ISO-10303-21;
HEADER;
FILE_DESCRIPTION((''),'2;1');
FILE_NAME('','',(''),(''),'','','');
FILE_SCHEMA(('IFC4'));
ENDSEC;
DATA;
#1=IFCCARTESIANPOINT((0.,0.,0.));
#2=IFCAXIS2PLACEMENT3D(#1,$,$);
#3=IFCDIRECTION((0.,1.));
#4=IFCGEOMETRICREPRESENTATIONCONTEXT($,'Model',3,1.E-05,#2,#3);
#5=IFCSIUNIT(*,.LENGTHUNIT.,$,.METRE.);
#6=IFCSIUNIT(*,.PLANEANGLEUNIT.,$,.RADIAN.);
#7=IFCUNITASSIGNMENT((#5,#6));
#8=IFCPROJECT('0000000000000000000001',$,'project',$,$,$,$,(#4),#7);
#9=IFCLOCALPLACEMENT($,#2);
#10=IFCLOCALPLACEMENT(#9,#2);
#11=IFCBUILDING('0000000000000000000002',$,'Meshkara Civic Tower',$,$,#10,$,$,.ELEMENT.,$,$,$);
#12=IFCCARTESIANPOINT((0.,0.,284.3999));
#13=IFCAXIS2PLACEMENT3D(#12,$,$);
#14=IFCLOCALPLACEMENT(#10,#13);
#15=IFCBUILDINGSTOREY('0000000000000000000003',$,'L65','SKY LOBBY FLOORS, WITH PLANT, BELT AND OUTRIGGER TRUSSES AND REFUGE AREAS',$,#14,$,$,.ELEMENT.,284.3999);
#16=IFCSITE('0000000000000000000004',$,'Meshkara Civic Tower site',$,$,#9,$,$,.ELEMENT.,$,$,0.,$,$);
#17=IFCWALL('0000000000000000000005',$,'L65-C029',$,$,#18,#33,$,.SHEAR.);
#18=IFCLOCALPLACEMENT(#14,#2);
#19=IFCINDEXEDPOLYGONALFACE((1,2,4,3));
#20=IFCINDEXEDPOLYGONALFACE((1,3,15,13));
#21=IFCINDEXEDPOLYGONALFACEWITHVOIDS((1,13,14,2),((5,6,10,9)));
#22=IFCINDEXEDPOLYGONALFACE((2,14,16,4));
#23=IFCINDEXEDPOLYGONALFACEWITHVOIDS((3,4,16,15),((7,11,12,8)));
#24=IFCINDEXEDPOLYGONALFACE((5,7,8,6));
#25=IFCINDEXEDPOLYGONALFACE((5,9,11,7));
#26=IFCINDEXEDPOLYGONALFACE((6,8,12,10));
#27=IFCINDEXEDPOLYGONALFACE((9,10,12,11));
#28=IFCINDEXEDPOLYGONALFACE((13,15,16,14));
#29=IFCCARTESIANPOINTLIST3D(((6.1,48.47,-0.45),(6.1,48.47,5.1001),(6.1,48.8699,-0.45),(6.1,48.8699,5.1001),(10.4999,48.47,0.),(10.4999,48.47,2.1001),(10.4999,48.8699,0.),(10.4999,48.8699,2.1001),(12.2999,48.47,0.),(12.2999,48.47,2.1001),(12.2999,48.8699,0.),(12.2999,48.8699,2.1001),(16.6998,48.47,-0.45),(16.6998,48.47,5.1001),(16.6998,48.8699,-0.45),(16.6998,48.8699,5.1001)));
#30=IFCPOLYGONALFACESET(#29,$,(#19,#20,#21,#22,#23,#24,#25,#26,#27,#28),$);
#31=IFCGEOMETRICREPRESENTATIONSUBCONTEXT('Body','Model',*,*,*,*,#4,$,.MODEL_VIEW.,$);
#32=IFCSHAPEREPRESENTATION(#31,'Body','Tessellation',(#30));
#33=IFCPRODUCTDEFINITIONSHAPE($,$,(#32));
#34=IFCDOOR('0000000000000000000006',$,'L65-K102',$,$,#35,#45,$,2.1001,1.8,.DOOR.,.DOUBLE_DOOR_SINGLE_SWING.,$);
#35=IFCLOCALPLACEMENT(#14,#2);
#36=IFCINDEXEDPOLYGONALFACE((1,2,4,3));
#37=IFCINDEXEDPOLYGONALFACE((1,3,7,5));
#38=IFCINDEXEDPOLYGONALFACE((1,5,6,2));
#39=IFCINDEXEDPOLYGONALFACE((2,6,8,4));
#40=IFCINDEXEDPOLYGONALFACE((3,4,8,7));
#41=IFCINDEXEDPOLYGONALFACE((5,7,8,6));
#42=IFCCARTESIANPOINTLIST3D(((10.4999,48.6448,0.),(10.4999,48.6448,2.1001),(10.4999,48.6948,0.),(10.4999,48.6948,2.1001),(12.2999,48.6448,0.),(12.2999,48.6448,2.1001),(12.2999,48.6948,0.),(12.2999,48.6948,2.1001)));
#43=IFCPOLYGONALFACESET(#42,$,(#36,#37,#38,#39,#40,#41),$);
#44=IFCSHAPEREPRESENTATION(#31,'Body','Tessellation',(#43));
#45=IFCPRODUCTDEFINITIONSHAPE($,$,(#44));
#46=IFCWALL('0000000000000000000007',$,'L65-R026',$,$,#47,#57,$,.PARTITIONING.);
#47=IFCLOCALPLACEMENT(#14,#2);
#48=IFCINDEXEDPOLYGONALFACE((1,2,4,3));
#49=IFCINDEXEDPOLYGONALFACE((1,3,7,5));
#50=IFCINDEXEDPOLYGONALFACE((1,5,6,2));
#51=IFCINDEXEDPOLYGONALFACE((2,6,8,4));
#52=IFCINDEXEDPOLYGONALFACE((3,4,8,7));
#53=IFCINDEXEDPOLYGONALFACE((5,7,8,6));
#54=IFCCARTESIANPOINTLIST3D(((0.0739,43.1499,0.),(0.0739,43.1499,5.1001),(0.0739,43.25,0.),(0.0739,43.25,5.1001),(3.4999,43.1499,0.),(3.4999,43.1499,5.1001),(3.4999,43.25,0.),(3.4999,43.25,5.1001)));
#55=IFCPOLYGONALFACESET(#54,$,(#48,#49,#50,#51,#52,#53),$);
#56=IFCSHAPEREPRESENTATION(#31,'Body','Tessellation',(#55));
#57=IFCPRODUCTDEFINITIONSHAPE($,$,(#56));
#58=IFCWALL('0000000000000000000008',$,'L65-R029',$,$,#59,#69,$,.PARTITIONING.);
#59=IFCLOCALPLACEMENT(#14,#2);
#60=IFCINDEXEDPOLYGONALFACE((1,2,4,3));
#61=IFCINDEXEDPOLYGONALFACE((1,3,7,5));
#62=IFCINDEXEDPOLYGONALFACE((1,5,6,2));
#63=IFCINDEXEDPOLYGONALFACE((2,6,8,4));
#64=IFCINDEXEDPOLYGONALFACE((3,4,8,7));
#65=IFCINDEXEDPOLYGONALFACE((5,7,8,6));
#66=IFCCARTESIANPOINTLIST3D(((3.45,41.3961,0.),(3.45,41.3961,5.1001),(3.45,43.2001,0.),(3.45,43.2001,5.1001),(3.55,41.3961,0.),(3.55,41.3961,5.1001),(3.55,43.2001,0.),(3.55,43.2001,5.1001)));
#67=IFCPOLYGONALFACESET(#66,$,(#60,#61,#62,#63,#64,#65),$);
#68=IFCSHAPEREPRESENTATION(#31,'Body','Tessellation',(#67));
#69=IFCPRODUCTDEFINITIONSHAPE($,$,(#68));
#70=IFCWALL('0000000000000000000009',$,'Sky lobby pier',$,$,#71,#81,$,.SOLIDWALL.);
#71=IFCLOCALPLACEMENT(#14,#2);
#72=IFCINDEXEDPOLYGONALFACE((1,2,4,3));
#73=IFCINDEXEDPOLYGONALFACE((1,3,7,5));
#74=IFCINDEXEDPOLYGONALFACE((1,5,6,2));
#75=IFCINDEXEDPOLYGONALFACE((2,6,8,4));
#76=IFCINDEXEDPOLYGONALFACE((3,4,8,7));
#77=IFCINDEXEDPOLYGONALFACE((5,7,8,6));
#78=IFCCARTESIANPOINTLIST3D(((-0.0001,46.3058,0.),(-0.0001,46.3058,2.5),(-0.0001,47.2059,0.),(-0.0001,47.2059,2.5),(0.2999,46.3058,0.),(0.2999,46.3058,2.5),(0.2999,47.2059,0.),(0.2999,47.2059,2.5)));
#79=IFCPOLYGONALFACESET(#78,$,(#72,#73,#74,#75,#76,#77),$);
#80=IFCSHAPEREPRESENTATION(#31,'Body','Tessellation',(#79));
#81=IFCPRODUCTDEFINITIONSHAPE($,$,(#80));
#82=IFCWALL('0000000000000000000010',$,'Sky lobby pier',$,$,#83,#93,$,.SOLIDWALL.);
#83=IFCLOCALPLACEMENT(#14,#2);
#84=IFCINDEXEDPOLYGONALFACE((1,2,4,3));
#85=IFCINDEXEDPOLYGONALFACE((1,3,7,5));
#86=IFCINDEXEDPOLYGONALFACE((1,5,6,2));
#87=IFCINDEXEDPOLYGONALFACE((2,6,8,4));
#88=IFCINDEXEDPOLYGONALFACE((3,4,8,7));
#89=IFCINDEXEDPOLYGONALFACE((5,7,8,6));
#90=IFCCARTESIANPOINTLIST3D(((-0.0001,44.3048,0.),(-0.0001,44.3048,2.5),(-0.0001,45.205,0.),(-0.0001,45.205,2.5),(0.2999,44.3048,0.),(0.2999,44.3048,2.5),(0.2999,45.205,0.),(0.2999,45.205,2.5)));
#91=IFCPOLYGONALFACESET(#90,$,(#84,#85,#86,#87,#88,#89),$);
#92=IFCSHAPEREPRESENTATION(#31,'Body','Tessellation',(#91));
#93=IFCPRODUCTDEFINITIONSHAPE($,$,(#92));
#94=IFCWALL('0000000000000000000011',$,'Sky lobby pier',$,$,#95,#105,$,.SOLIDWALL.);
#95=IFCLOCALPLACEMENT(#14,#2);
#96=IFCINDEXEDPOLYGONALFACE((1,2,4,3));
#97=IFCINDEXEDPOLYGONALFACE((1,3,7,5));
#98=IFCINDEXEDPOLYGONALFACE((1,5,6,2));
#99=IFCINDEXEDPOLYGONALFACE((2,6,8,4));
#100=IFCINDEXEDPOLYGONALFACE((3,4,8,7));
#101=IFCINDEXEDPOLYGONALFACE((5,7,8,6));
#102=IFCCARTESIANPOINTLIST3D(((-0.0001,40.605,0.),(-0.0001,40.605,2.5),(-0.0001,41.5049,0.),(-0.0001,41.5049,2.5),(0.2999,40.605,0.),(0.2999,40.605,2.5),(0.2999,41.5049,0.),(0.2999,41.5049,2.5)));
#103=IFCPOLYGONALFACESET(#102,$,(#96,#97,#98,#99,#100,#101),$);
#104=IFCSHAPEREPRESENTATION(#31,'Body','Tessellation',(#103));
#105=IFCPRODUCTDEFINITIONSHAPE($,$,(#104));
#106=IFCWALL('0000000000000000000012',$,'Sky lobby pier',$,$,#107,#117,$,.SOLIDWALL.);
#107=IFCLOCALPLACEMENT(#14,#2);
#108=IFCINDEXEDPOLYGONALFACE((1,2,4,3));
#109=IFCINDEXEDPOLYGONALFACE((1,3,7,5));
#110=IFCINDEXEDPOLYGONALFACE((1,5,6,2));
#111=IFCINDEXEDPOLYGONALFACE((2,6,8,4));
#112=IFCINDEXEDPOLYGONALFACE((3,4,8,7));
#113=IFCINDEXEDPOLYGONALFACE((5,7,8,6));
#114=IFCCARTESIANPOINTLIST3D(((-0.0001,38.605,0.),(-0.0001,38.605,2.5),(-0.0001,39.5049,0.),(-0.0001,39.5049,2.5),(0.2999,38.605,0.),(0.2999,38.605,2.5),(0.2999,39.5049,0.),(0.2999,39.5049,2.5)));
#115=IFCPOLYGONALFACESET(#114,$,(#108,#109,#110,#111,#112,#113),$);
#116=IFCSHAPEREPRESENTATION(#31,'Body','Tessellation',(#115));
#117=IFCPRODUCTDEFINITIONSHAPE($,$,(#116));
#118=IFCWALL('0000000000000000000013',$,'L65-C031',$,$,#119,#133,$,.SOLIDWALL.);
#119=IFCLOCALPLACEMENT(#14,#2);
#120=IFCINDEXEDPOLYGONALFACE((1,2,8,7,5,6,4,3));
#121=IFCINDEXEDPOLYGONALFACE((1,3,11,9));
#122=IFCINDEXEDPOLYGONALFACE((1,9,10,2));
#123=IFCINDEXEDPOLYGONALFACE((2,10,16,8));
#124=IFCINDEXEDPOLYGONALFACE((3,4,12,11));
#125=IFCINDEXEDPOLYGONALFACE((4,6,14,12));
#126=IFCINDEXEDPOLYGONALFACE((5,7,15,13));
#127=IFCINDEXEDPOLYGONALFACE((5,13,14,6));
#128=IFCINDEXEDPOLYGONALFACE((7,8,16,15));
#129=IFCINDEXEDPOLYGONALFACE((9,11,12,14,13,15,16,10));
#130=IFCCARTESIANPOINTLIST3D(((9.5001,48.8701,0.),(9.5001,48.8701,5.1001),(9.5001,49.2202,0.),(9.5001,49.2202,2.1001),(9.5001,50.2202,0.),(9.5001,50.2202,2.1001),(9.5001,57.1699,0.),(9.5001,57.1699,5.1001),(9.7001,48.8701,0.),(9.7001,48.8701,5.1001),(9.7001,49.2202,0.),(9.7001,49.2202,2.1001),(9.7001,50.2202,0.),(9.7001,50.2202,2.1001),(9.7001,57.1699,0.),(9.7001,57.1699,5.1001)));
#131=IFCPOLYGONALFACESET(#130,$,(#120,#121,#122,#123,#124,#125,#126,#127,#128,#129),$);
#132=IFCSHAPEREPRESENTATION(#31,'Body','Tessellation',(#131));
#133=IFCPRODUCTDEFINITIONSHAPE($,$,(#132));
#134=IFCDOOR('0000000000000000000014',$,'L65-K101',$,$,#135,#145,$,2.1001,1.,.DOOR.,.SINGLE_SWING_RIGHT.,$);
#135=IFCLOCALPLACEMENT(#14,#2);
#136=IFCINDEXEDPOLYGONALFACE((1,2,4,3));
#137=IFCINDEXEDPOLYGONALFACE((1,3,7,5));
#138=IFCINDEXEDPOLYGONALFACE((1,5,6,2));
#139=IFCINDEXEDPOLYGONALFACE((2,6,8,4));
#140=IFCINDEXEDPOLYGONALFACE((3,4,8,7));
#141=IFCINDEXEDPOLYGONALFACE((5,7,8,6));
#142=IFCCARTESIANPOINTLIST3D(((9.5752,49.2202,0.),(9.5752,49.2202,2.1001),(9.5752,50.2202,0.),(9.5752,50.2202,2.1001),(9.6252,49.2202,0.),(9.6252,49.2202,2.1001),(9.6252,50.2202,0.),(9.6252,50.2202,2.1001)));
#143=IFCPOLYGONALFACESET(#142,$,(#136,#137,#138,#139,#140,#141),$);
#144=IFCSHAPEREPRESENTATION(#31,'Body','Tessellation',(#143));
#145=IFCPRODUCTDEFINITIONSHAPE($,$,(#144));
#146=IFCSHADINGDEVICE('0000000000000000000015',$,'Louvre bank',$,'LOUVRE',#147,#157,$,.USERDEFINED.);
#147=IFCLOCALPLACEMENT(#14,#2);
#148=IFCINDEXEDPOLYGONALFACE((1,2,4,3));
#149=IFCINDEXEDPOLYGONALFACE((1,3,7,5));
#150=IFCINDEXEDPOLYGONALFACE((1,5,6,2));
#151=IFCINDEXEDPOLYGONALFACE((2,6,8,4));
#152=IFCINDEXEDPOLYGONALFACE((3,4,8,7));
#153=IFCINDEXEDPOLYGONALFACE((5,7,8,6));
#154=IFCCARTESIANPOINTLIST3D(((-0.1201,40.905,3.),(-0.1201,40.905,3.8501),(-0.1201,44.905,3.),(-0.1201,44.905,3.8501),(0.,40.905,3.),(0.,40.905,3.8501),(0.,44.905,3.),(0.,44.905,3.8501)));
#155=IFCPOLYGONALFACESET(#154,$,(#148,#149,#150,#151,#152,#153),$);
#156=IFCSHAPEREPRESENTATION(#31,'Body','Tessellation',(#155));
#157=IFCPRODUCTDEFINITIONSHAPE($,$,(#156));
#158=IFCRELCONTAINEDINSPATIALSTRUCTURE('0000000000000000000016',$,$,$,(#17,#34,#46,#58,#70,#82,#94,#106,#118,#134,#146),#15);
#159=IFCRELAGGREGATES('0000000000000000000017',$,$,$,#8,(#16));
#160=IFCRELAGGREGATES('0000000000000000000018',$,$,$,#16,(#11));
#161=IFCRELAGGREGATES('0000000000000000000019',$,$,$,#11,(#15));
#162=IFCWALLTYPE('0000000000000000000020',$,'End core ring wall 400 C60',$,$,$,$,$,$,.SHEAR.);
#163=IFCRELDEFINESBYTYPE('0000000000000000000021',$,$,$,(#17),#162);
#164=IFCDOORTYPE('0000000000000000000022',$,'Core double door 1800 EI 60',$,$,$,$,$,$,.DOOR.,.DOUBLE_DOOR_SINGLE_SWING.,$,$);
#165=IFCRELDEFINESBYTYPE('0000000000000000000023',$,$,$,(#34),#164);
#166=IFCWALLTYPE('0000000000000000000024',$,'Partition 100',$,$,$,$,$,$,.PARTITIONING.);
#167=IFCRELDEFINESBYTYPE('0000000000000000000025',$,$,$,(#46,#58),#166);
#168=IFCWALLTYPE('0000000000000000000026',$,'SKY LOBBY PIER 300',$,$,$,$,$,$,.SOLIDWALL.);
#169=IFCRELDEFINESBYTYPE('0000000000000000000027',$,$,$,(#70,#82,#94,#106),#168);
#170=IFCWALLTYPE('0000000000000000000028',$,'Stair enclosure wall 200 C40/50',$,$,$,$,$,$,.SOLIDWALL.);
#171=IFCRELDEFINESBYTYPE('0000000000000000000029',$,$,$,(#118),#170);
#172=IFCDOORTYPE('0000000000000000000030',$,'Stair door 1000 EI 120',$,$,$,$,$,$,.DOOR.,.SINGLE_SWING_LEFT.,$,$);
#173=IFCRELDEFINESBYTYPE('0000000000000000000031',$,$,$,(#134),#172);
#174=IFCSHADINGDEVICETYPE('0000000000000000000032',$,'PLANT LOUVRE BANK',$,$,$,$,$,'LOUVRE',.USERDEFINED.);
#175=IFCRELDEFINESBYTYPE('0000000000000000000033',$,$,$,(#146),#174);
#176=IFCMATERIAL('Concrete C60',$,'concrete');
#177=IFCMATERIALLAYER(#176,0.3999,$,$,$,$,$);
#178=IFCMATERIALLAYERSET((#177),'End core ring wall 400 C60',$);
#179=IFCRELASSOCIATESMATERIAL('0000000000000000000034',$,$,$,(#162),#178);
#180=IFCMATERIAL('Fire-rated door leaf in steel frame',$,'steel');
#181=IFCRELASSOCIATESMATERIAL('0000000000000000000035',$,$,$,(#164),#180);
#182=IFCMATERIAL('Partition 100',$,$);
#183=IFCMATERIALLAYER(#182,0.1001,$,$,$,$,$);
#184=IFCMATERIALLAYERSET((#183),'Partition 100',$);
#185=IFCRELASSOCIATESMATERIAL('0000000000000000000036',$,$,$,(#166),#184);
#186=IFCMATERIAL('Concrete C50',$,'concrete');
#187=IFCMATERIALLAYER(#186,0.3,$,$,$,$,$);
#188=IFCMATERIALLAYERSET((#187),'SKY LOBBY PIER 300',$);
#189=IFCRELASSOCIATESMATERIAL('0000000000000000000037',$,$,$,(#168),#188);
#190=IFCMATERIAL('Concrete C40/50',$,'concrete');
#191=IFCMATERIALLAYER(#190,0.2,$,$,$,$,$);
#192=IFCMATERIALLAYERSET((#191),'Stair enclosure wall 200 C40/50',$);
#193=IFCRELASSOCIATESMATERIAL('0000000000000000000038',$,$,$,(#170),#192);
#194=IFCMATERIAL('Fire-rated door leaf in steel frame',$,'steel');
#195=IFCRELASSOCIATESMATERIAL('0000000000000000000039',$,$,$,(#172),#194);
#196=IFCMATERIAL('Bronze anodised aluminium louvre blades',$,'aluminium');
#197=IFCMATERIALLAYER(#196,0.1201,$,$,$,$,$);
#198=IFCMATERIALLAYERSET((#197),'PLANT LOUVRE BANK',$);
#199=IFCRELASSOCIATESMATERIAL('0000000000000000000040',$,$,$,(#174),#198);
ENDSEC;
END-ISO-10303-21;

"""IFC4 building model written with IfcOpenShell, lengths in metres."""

from ifc_helpers import new_model, si_unit, direction, frame, frame_2d, origin, origin_2d, place, context, subcontext, project, spatial, rectangle, extrude, material, layer, layer_set, type_object, element, fill, save


model = new_model("IFC4")

# Units and contexts
model_context = context("Model", 3, precision=1e-05, world=origin(), true_north=direction((0.0, 1.0)))
body_context = subcontext(model_context, "Body", "Model", "MODEL_VIEW")
ifc_project = project(units=[si_unit("LENGTHUNIT", "METRE"), si_unit("PLANEANGLEUNIT", "RADIAN")], contexts=[model_context])

# Site, building, storey
site_placement = place(None, origin())
site = spatial("IfcSite", under=ifc_project, at=site_placement, Name="Meshkara Civic Tower site", CompositionType="ELEMENT", RefElevation=0.0)
building_placement = place(site_placement, origin())
building = spatial("IfcBuilding", under=site, at=building_placement, Name="Meshkara Civic Tower", CompositionType="ELEMENT")
storey_placement = place(building_placement, frame((0.0, 0.0, 284.3999)))
storey = spatial("IfcBuildingStorey", under=building, at=storey_placement, Name="L65", Description="SKY LOBBY FLOORS, WITH PLANT, BELT AND OUTRIGGER TRUSSES AND REFUGE AREAS", CompositionType="ELEMENT", Elevation=284.3999)

# Shared definitions
ifc_material_1 = material(Name="Concrete C60", Category="concrete")
ifc_layer_1 = layer(ifc_material_1, 0.3999)
ifc_layer_set_1 = layer_set([ifc_layer_1], Name="End core ring wall 400 C60")
wall_type_1 = type_object("IfcWallType", Name="End core ring wall 400 C60", PredefinedType="SHEAR", material=ifc_layer_set_1)

# Wall, opening, door
wall_1_placement = place(storey_placement, frame((6.1001, 48.6699, -0.45), z_axis=(0.0, 0.0, 1.0), x_axis=(1.0, 0.0, 0.0)))
wall_1 = element("IfcWall", 1, at=wall_1_placement, inside=storey, type_object=wall_type_1, Name="L65-C029", PredefinedType="SHEAR", context=body_context, shape_type="SweptSolid", body=[
    extrude(rectangle(XDim=10.5999, YDim=0.3999, at=frame_2d((5.2998, 0.0))), origin(), (0.0, 0.0, 1.0), 5.55),
])
opening_1_placement = place(wall_1_placement, frame((4.3999, 0.0, 0.45)))
opening_1 = element("IfcOpeningElement", 2, at=opening_1_placement, cuts=wall_1, PredefinedType="OPENING", context=body_context, shape_type="SweptSolid", body=[
    extrude(rectangle(XDim=1.8, YDim=2.1001, at=frame_2d((0.8999, 1.05))), frame((0.0, 0.21, 0.0), z_axis=(0.0, -1.0, 0.0), x_axis=(1.0, 0.0, 0.0)), (0.0, 0.0, 1.0), 0.4199),
])
ifc_material_2 = material(Name="Fire-rated door leaf in steel frame", Category="steel")
door_type_1 = type_object("IfcDoorType", Name="Core double door 1800 EI 60", OperationType="DOUBLE_DOOR_SINGLE_SWING", PredefinedType="DOOR", material=ifc_material_2)
door_1_placement = place(opening_1_placement, origin())
door_1 = element("IfcDoor", 3, at=door_1_placement, inside=storey, type_object=door_type_1, Name="L65-K102", OperationType="DOUBLE_DOOR_SINGLE_SWING", OverallHeight=2.1001, OverallWidth=1.8, PredefinedType="DOOR", context=body_context, shape_type="SweptSolid", body=[
    extrude(rectangle(XDim=1.8, YDim=2.1001, at=frame_2d((0.8999, 1.05))), frame((0.0, 0.0249, 0.0), z_axis=(0.0, -1.0, 0.0), x_axis=(1.0, 0.0, 0.0)), (0.0, 0.0, 1.0), 0.05),
])
fill(opening_1, door_1)

# Walls
ifc_material_3 = material(Name="Partition 100")
ifc_layer_2 = layer(ifc_material_3, 0.1001)
ifc_layer_set_2 = layer_set([ifc_layer_2], Name="Partition 100")
wall_type_2 = type_object("IfcWallType", Name="Partition 100", PredefinedType="PARTITIONING", material=ifc_layer_set_2)
wall_2_placement = place(storey_placement, frame((0.074, 43.2, 0.0), z_axis=(0.0, 0.0, 1.0), x_axis=(1.0, 0.0, 0.0)))
element("IfcWall", 4, at=wall_2_placement, inside=storey, type_object=wall_type_2, Name="L65-R026", PredefinedType="PARTITIONING", context=body_context, shape_type="SweptSolid", body=[
    extrude(rectangle(XDim=3.426, YDim=0.1001, at=frame_2d((1.7129, 0.0))), origin(), (0.0, 0.0, 1.0), 5.1001),
])
wall_3_placement = place(storey_placement, frame((3.5, 43.2, 0.0), z_axis=(0.0, 0.0, 1.0), x_axis=(0.0, -1.0, 0.0)))
element("IfcWall", 5, at=wall_3_placement, inside=storey, type_object=wall_type_2, Name="L65-R029", PredefinedType="PARTITIONING", context=body_context, shape_type="SweptSolid", body=[
    extrude(rectangle(XDim=1.804, YDim=0.1001, at=frame_2d((0.9019, 0.0))), origin(), (0.0, 0.0, 1.0), 5.1001),
])
ifc_material_4 = material(Name="Concrete C50", Category="concrete")
ifc_layer_3 = layer(ifc_material_4, 0.3)
ifc_layer_set_3 = layer_set([ifc_layer_3], Name="SKY LOBBY PIER 300")
wall_type_3 = type_object("IfcWallType", Name="SKY LOBBY PIER 300", PredefinedType="SOLIDWALL", material=ifc_layer_set_3)
for number, where, z_axis, x_axis, name in (
    (6, (0.1499, 47.2061, 0.0), (0.0, 0.0, 1.0), (0.0, -1.0, 0.0), "Sky lobby pier"),
    (7, (0.1499, 45.2051, 0.0), (0.0, 0.0, 1.0), (0.0, -1.0, 0.0), "Sky lobby pier"),
):
    element("IfcWall", number, at=place(storey_placement, frame(where, z_axis=z_axis, x_axis=x_axis)), inside=storey, type_object=wall_type_3, Name=name, PredefinedType="SOLIDWALL", context=body_context, shape_type="SweptSolid", body=[
        extrude(rectangle(XDim=0.9001, YDim=0.3, at=frame_2d((0.4502, 0.0))), origin(), (0.0, 0.0, 1.0), 2.5),
    ])
for number, where, z_axis, x_axis, name in (
    (8, (0.1499, 41.5049, 0.0), (0.0, 0.0, 1.0), (0.0, -1.0, 0.0), "Sky lobby pier"),
    (9, (0.1499, 39.5049, 0.0), (0.0, 0.0, 1.0), (0.0, -1.0, 0.0), "Sky lobby pier"),
):
    element("IfcWall", number, at=place(storey_placement, frame(where, z_axis=z_axis, x_axis=x_axis)), inside=storey, type_object=wall_type_3, Name=name, PredefinedType="SOLIDWALL", context=body_context, shape_type="SweptSolid", body=[
        extrude(rectangle(XDim=0.8999, YDim=0.3, at=frame_2d((0.45, 0.0))), origin(), (0.0, 0.0, 1.0), 2.5),
    ])

# Wall, opening, door
ifc_material_5 = material(Name="Concrete C40/50", Category="concrete")
ifc_layer_4 = layer(ifc_material_5, 0.2)
ifc_layer_set_4 = layer_set([ifc_layer_4], Name="Stair enclosure wall 200 C40/50")
wall_type_4 = type_object("IfcWallType", Name="Stair enclosure wall 200 C40/50", PredefinedType="SOLIDWALL", material=ifc_layer_set_4)
wall_4_placement = place(storey_placement, frame((9.6001, 48.8701, 0.0), z_axis=(0.0, 0.0, 1.0), x_axis=(0.0, 1.0, 0.0)))
wall_4 = element("IfcWall", 10, at=wall_4_placement, inside=storey, type_object=wall_type_4, Name="L65-C031", PredefinedType="SOLIDWALL", context=body_context, shape_type="SweptSolid", body=[
    extrude(rectangle(XDim=8.2998, YDim=0.2, at=frame_2d((4.1499, 0.0))), origin(), (0.0, 0.0, 1.0), 5.1001),
])
opening_2_placement = place(wall_4_placement, frame((0.3501, 0.0, 0.0)))
opening_2 = element("IfcOpeningElement", 11, at=opening_2_placement, cuts=wall_4, PredefinedType="OPENING", context=body_context, shape_type="SweptSolid", body=[
    extrude(rectangle(XDim=1.0, YDim=2.1001, at=frame_2d((0.5, 1.05))), frame((0.0, 0.1099, 0.0), z_axis=(0.0, -1.0, 0.0), x_axis=(1.0, 0.0, 0.0)), (0.0, 0.0, 1.0), 0.22),
])
ifc_material_6 = material(Name="Fire-rated door leaf in steel frame", Category="steel")
door_type_2 = type_object("IfcDoorType", Name="Stair door 1000 EI 120", OperationType="SINGLE_SWING_LEFT", PredefinedType="DOOR", material=ifc_material_6)
door_2_placement = place(opening_2_placement, origin())
door_2 = element("IfcDoor", 12, at=door_2_placement, inside=storey, type_object=door_type_2, Name="L65-K101", OperationType="SINGLE_SWING_RIGHT", OverallHeight=2.1001, OverallWidth=1.0, PredefinedType="DOOR", context=body_context, shape_type="SweptSolid", body=[
    extrude(rectangle(XDim=1.0, YDim=2.1001, at=frame_2d((0.5, 1.05))), frame((0.0, 0.0249, 0.0), z_axis=(0.0, -1.0, 0.0), x_axis=(1.0, 0.0, 0.0)), (0.0, 0.0, 1.0), 0.05),
])
fill(opening_2, door_2)

# Shading device
ifc_material_7 = material(Name="Bronze anodised aluminium louvre blades", Category="aluminium")
ifc_layer_5 = layer(ifc_material_7, 0.1201)
ifc_layer_set_5 = layer_set([ifc_layer_5], Name="PLANT LOUVRE BANK")
shading_device_type = type_object("IfcShadingDeviceType", Name="PLANT LOUVRE BANK", ElementType="LOUVRE", PredefinedType="USERDEFINED", material=ifc_layer_set_5)
shading_device_placement = place(storey_placement, frame((-0.0601, 42.905, 3.0), z_axis=(0.0, 0.0, 1.0), x_axis=(0.0, -1.0, 0.0)))
element("IfcShadingDevice", 13, at=shading_device_placement, inside=storey, type_object=shading_device_type, Name="Louvre bank", ObjectType="LOUVRE", PredefinedType="USERDEFINED", context=body_context, shape_type="SweptSolid", body=[
    extrude(rectangle(XDim=4.0, YDim=0.1201, at=origin_2d()), origin(), (0.0, 0.0, 1.0), 0.8501),
])

save(model, "model.ifc")
